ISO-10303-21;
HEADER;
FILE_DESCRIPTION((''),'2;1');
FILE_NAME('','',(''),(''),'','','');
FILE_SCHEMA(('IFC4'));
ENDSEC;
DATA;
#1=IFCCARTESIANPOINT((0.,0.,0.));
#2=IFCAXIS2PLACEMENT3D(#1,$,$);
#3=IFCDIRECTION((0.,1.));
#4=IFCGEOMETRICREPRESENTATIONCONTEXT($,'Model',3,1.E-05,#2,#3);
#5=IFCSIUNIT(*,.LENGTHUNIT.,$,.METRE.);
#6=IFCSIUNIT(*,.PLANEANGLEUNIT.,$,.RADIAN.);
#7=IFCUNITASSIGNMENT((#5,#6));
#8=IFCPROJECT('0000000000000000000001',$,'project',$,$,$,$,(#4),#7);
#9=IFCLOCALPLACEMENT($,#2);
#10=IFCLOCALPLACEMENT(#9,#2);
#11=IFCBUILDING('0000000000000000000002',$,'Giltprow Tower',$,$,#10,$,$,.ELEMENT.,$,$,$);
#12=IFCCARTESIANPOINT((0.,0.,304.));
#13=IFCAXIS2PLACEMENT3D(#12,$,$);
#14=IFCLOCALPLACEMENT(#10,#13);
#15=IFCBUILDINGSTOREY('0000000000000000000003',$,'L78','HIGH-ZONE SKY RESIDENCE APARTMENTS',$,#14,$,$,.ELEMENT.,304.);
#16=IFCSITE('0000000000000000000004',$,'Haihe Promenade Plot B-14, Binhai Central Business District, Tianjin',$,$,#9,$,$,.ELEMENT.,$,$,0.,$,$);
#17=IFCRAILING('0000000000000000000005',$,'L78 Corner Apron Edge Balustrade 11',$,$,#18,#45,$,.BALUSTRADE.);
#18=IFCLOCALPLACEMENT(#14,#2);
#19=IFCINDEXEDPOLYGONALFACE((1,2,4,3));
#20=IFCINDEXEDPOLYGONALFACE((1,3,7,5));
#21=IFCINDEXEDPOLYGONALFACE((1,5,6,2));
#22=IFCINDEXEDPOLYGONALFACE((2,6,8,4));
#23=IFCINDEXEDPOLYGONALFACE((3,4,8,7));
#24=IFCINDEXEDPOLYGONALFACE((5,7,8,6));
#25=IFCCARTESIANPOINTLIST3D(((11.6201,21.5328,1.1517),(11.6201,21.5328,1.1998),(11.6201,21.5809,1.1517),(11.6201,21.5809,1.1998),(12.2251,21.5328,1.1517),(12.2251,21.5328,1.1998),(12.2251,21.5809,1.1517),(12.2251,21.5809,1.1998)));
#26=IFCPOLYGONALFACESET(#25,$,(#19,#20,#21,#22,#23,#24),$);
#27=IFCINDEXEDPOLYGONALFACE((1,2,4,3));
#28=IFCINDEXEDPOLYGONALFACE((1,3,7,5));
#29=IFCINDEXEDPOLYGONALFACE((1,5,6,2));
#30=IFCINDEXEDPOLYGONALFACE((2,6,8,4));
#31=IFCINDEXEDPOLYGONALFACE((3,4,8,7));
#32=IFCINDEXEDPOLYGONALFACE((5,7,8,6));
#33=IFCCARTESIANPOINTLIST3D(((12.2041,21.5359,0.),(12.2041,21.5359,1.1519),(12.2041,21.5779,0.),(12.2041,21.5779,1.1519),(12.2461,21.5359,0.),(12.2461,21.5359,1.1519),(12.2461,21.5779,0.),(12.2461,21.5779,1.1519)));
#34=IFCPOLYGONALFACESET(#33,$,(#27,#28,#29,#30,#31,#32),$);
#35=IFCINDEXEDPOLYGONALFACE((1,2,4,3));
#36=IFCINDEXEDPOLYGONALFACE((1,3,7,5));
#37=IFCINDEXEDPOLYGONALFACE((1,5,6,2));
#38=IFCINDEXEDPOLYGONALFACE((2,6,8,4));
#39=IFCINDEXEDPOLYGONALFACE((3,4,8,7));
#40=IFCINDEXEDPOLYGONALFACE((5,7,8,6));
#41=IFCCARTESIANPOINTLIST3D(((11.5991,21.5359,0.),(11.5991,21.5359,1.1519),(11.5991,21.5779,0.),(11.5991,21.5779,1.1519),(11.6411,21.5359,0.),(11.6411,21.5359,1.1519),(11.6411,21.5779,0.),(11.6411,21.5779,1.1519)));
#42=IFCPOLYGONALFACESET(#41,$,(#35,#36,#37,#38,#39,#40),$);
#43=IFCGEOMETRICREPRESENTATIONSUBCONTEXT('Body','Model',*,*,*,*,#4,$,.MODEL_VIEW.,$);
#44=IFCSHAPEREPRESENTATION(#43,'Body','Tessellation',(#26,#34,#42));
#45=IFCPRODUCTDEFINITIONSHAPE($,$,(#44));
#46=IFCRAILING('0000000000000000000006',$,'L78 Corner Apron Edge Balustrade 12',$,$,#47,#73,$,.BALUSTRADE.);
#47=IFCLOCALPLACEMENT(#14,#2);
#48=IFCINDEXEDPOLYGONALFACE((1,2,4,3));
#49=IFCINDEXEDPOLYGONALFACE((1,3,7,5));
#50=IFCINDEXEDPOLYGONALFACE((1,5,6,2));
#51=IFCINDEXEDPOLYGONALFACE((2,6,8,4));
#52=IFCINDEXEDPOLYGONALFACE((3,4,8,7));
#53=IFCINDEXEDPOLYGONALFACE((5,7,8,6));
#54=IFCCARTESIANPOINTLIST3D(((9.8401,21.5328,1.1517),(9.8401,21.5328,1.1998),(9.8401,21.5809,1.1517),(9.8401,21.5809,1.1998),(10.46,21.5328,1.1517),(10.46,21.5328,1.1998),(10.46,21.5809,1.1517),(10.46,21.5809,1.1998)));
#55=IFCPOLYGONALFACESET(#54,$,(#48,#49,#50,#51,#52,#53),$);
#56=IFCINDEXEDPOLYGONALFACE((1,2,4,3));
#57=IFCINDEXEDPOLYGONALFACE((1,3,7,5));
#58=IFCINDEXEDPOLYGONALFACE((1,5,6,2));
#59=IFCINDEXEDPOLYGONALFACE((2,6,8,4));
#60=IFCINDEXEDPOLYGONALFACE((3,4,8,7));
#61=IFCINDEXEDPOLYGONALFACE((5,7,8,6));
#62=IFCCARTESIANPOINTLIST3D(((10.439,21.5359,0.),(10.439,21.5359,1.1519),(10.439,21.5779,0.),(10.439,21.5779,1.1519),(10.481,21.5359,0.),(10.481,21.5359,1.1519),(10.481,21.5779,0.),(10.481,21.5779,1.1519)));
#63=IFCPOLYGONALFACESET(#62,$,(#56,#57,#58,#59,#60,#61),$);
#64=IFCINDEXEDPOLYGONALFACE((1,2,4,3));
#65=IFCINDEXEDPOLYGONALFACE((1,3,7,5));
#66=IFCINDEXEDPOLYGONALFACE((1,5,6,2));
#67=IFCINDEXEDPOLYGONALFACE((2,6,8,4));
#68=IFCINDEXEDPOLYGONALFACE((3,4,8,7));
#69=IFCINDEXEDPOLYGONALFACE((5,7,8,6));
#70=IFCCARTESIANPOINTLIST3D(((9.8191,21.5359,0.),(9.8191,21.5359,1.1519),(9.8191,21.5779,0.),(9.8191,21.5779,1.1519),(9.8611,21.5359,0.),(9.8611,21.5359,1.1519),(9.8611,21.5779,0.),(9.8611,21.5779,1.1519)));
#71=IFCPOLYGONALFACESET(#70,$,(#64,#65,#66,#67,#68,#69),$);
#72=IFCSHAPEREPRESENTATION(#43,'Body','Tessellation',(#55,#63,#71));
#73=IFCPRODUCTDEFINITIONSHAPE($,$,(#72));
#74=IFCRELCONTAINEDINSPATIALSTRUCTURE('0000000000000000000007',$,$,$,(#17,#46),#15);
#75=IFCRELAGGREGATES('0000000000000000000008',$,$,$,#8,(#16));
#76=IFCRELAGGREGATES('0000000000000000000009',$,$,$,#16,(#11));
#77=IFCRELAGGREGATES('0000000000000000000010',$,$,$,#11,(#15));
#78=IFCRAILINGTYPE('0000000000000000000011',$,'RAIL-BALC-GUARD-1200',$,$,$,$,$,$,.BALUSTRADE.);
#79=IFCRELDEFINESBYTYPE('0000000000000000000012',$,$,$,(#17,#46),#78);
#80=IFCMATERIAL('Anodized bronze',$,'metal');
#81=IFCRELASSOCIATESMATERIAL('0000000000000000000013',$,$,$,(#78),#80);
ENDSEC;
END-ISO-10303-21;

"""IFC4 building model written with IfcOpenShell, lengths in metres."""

from ifc_helpers import new_model, si_unit, direction, frame, origin, origin_2d, place, context, subcontext, project, spatial, rectangle, extrude, material, type_object, element, save


model = new_model("IFC4")

# Units and contexts
model_context = context("Model", 3, precision=1e-05, world=origin(), true_north=direction((0.0, 1.0)))
body_context = subcontext(model_context, "Body", "Model", "MODEL_VIEW")
ifc_project = project(units=[si_unit("LENGTHUNIT", "METRE"), si_unit("PLANEANGLEUNIT", "RADIAN")], contexts=[model_context])

# Site, building, storey
site_placement = place(None, origin())
site = spatial("IfcSite", under=ifc_project, at=site_placement, Name="Haihe Promenade Plot B-14, Binhai Central Business District, Tianjin", CompositionType="ELEMENT", RefElevation=0.0)
building_placement = place(site_placement, origin())
building = spatial("IfcBuilding", under=site, at=building_placement, Name="Giltprow Tower", CompositionType="ELEMENT")
storey_placement = place(building_placement, frame((0.0, 0.0, 304.0)))
storey = spatial("IfcBuildingStorey", under=building, at=storey_placement, Name="L78", Description="HIGH-ZONE SKY RESIDENCE APARTMENTS", CompositionType="ELEMENT", Elevation=304.0)

# Railings
ifc_material_1 = material(Name="Anodized bronze", Category="metal")
railing_type = type_object("IfcRailingType", Name="RAIL-BALC-GUARD-1200", PredefinedType="BALUSTRADE", material=ifc_material_1)
railing_1_placement = place(storey_placement, frame((12.2251, 21.5569, 0.0)))
element("IfcRailing", 1, at=railing_1_placement, inside=storey, type_object=railing_type, Name="L78 Corner Apron Edge Balustrade 11", PredefinedType="BALUSTRADE", context=body_context, shape_type="SweptSolid", body=[
    extrude(rectangle(XDim=0.0481, YDim=0.0481, at=origin_2d()), frame((0.0, 0.0, 1.1758), z_axis=(-1.0, 0.0, 0.0), x_axis=(0.0, -1.0, 0.0)), (0.0, 0.0, 1.0), 0.605),
    extrude(rectangle(XDim=0.042, YDim=0.042, at=origin_2d()), origin(), (0.0, 0.0, 1.0), 1.1519),
    extrude(rectangle(XDim=0.042, YDim=0.042, at=origin_2d()), frame((-0.605, 0.0, 0.0)), (0.0, 0.0, 1.0), 1.1519),
])
railing_2_placement = place(storey_placement, frame((10.46, 21.5569, 0.0)))
element("IfcRailing", 2, at=railing_2_placement, inside=storey, type_object=railing_type, Name="L78 Corner Apron Edge Balustrade 12", PredefinedType="BALUSTRADE", context=body_context, shape_type="SweptSolid", body=[
    extrude(rectangle(XDim=0.0481, YDim=0.0481, at=origin_2d()), frame((0.0, 0.0, 1.1758), z_axis=(-1.0, 0.0, 0.0), x_axis=(0.0, -1.0, 0.0)), (0.0, 0.0, 1.0), 0.6199),
    extrude(rectangle(XDim=0.042, YDim=0.042, at=origin_2d()), origin(), (0.0, 0.0, 1.0), 1.1519),
    extrude(rectangle(XDim=0.042, YDim=0.042, at=origin_2d()), frame((-0.6199, 0.0, 0.0)), (0.0, 0.0, 1.0), 1.1519),
])

save(model, "model.ifc")
